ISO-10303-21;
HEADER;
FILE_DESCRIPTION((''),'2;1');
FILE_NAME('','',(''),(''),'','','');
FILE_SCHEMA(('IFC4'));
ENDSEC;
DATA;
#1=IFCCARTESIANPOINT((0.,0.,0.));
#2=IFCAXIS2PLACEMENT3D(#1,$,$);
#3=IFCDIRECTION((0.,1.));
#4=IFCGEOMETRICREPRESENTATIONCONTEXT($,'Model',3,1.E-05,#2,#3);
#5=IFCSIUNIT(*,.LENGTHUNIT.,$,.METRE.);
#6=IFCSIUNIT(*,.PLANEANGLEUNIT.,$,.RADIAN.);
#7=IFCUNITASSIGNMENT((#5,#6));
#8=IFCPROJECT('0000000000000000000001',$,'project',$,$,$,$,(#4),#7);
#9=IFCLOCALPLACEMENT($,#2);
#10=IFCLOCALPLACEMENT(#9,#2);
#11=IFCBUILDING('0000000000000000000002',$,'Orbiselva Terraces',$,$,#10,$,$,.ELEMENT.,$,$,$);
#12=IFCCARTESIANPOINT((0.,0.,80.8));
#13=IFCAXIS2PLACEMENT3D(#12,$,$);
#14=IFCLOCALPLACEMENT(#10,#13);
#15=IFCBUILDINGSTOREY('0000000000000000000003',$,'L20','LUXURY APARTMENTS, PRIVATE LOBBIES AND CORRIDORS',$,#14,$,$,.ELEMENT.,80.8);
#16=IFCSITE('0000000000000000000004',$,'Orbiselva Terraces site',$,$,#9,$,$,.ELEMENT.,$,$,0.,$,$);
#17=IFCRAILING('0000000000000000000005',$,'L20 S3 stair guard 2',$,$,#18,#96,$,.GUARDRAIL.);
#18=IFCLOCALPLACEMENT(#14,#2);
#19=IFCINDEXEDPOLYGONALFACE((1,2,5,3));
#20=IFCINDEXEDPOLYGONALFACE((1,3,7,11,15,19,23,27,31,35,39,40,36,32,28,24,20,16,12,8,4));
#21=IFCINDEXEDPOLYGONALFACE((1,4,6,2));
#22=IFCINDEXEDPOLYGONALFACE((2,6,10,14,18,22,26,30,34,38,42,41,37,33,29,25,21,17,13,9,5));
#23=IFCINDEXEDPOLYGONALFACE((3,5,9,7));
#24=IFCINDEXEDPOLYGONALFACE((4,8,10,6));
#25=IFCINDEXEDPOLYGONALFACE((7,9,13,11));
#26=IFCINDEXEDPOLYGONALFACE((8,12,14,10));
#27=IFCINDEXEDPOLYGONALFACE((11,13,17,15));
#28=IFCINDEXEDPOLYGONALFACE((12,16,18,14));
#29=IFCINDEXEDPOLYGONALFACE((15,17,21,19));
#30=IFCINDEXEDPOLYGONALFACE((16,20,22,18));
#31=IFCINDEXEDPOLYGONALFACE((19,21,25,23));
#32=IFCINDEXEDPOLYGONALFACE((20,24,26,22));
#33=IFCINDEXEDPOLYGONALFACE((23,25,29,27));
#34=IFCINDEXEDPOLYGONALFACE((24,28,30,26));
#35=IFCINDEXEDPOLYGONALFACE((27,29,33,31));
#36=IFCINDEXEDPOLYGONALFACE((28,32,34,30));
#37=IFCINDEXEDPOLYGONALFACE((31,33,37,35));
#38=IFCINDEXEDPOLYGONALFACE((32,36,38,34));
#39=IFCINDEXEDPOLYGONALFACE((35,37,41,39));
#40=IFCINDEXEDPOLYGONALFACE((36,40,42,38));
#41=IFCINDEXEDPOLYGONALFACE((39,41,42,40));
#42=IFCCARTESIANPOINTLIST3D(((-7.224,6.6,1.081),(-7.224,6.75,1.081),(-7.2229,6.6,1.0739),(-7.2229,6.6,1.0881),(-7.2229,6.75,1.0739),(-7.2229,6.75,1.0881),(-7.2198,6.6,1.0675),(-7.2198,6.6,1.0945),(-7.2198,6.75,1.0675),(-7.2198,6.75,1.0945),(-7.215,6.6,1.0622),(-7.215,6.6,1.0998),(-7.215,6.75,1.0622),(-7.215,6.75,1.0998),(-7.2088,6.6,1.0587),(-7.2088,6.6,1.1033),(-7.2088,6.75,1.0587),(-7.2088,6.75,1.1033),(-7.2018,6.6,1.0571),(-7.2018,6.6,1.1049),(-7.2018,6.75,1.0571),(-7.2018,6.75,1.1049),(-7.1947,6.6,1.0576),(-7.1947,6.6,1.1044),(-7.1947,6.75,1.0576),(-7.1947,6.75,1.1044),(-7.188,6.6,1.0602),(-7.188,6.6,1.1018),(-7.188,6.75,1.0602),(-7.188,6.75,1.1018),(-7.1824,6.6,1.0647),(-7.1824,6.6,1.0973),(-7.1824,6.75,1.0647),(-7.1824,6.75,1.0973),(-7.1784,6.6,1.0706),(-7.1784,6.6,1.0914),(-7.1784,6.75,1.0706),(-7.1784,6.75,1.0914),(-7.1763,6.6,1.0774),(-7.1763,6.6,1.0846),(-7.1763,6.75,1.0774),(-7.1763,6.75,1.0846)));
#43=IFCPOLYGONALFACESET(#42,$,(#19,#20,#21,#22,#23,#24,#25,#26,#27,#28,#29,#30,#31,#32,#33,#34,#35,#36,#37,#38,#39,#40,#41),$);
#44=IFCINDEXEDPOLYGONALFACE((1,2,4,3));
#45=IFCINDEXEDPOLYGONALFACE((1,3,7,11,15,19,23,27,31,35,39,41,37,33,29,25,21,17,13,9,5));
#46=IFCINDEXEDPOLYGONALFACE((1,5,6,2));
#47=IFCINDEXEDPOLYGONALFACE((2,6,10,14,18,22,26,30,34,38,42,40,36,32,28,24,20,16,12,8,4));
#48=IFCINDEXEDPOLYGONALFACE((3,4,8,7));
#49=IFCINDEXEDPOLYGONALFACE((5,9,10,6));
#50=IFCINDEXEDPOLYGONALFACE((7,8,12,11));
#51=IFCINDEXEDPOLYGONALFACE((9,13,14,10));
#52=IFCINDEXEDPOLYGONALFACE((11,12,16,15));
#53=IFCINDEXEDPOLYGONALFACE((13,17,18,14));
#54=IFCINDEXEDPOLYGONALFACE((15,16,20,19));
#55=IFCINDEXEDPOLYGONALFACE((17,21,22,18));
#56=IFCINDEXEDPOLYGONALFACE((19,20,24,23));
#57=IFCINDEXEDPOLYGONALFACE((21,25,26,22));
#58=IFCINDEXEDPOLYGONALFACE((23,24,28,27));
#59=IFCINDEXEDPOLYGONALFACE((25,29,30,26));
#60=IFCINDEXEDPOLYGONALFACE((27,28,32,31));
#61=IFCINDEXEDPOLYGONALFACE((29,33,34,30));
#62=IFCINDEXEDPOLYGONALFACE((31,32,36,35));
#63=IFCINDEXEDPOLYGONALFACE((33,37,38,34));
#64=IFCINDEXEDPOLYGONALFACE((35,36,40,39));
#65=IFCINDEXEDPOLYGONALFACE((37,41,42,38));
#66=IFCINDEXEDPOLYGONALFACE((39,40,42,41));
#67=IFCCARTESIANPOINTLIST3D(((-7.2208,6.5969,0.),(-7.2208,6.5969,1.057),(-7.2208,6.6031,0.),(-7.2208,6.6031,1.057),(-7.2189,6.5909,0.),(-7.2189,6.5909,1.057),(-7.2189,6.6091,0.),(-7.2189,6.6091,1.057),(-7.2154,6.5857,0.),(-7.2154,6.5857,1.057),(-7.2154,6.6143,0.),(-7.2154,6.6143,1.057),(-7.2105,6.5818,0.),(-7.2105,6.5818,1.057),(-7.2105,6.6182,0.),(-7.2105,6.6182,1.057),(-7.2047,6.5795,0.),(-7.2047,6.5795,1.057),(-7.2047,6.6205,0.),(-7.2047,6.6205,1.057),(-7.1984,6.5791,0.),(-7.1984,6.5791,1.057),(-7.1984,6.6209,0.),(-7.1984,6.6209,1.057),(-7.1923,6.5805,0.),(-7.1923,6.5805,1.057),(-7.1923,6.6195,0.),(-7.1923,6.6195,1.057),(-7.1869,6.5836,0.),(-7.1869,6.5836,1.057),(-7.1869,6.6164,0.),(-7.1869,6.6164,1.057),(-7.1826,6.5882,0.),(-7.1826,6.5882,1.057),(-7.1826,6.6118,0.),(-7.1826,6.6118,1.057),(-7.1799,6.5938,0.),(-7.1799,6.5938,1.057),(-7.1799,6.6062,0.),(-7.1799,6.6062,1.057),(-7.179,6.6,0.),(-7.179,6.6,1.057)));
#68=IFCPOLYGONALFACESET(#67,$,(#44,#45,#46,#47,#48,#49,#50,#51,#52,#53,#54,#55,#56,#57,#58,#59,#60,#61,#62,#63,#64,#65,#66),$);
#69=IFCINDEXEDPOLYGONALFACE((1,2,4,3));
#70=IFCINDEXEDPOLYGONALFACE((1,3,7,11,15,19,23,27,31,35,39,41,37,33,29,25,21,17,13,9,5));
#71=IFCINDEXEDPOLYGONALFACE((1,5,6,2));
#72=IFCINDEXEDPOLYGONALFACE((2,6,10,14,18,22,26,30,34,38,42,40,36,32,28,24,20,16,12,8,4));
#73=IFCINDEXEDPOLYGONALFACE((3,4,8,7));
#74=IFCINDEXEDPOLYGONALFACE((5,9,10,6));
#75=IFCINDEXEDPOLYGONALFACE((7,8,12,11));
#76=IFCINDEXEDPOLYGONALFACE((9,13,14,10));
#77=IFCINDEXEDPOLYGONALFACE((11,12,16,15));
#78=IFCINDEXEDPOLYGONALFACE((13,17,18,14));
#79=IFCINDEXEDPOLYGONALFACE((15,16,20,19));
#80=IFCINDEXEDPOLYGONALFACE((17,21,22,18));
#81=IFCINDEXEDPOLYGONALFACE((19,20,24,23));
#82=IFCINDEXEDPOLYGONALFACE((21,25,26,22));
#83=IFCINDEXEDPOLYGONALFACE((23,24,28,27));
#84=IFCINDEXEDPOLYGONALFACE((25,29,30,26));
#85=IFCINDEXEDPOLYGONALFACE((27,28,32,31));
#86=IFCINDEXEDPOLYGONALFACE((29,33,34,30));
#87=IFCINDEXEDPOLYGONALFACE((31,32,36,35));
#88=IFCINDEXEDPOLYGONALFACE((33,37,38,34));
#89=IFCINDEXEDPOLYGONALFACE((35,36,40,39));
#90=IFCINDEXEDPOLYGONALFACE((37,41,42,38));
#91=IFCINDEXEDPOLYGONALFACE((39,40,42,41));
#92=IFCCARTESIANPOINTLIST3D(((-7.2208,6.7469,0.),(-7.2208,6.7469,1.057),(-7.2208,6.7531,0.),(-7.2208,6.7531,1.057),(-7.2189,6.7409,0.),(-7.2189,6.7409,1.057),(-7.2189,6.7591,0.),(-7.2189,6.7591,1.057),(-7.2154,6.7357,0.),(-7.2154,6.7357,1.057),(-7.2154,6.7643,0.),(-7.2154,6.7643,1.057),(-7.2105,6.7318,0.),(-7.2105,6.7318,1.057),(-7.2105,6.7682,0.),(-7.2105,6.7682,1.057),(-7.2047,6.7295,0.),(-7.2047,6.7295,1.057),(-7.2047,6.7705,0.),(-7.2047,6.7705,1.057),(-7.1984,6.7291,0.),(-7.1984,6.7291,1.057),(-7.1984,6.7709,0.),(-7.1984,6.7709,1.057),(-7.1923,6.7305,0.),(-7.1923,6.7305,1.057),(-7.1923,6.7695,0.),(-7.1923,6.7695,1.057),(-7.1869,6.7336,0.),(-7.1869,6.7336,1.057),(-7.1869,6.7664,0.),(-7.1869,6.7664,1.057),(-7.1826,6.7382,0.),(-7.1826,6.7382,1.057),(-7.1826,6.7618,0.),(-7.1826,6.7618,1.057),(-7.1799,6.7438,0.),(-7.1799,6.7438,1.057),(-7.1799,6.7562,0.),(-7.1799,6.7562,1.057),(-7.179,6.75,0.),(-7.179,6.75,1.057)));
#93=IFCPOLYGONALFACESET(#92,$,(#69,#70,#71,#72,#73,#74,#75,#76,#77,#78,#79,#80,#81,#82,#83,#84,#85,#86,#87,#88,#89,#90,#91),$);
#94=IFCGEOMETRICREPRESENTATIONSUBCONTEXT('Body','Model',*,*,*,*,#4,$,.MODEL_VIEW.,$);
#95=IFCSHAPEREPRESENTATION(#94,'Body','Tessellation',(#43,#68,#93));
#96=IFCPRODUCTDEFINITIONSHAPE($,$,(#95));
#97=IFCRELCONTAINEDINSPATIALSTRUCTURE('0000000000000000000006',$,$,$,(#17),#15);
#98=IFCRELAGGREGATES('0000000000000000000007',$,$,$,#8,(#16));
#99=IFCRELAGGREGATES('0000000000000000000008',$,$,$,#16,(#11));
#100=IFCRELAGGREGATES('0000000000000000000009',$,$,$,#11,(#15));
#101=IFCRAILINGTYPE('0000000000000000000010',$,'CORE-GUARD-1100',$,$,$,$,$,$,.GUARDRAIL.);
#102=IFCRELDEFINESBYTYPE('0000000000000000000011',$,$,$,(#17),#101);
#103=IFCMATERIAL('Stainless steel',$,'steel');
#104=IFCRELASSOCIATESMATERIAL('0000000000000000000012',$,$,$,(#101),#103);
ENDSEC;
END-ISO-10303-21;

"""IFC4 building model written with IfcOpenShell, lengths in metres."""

from ifc_helpers import new_model, si_unit, direction, frame, origin, origin_2d, place, context, subcontext, project, spatial, circle, extrude, material, type_object, element, save


model = new_model("IFC4")

# Units and contexts
model_context = context("Model", 3, precision=1e-05, world=origin(), true_north=direction((0.0, 1.0)))
body_context = subcontext(model_context, "Body", "Model", "MODEL_VIEW")
ifc_project = project(units=[si_unit("LENGTHUNIT", "METRE"), si_unit("PLANEANGLEUNIT", "RADIAN")], contexts=[model_context])

# Site, building, storey
site_placement = place(None, origin())
site = spatial("IfcSite", under=ifc_project, at=site_placement, Name="Orbiselva Terraces site", CompositionType="ELEMENT", RefElevation=0.0)
building_placement = place(site_placement, origin())
building = spatial("IfcBuilding", under=site, at=building_placement, Name="Orbiselva Terraces", CompositionType="ELEMENT")
storey_placement = place(building_placement, frame((0.0, 0.0, 80.8)))
storey = spatial("IfcBuildingStorey", under=building, at=storey_placement, Name="L20", Description="LUXURY APARTMENTS, PRIVATE LOBBIES AND CORRIDORS", CompositionType="ELEMENT", Elevation=80.8)

# Railing
ifc_material_1 = material(Name="Stainless steel", Category="steel")
railing_type_1 = type_object("IfcRailingType", Name="CORE-GUARD-1100", PredefinedType="GUARDRAIL", material=ifc_material_1)
railing_1_placement = place(storey_placement, frame((-7.2, 6.6, 0.0)))
element("IfcRailing", 1, at=railing_1_placement, inside=storey, type_object=railing_type_1, Name="L20 S3 stair guard 2", PredefinedType="GUARDRAIL", context=body_context, shape_type="SweptSolid", body=[
    extrude(circle(Radius=0.024, at=origin_2d()), frame((0.0, 0.0, 1.081), z_axis=(0.0, 1.0, 0.0), x_axis=(-1.0, 0.0, 0.0)), (0.0, 0.0, 1.0), 0.15),
    extrude(circle(Radius=0.021, at=origin_2d()), origin(), (0.0, 0.0, 1.0), 1.057),
    extrude(circle(Radius=0.021, at=origin_2d()), frame((0.0, 0.15, 0.0)), (0.0, 0.0, 1.0), 1.057),
])

save(model, "model.ifc")
